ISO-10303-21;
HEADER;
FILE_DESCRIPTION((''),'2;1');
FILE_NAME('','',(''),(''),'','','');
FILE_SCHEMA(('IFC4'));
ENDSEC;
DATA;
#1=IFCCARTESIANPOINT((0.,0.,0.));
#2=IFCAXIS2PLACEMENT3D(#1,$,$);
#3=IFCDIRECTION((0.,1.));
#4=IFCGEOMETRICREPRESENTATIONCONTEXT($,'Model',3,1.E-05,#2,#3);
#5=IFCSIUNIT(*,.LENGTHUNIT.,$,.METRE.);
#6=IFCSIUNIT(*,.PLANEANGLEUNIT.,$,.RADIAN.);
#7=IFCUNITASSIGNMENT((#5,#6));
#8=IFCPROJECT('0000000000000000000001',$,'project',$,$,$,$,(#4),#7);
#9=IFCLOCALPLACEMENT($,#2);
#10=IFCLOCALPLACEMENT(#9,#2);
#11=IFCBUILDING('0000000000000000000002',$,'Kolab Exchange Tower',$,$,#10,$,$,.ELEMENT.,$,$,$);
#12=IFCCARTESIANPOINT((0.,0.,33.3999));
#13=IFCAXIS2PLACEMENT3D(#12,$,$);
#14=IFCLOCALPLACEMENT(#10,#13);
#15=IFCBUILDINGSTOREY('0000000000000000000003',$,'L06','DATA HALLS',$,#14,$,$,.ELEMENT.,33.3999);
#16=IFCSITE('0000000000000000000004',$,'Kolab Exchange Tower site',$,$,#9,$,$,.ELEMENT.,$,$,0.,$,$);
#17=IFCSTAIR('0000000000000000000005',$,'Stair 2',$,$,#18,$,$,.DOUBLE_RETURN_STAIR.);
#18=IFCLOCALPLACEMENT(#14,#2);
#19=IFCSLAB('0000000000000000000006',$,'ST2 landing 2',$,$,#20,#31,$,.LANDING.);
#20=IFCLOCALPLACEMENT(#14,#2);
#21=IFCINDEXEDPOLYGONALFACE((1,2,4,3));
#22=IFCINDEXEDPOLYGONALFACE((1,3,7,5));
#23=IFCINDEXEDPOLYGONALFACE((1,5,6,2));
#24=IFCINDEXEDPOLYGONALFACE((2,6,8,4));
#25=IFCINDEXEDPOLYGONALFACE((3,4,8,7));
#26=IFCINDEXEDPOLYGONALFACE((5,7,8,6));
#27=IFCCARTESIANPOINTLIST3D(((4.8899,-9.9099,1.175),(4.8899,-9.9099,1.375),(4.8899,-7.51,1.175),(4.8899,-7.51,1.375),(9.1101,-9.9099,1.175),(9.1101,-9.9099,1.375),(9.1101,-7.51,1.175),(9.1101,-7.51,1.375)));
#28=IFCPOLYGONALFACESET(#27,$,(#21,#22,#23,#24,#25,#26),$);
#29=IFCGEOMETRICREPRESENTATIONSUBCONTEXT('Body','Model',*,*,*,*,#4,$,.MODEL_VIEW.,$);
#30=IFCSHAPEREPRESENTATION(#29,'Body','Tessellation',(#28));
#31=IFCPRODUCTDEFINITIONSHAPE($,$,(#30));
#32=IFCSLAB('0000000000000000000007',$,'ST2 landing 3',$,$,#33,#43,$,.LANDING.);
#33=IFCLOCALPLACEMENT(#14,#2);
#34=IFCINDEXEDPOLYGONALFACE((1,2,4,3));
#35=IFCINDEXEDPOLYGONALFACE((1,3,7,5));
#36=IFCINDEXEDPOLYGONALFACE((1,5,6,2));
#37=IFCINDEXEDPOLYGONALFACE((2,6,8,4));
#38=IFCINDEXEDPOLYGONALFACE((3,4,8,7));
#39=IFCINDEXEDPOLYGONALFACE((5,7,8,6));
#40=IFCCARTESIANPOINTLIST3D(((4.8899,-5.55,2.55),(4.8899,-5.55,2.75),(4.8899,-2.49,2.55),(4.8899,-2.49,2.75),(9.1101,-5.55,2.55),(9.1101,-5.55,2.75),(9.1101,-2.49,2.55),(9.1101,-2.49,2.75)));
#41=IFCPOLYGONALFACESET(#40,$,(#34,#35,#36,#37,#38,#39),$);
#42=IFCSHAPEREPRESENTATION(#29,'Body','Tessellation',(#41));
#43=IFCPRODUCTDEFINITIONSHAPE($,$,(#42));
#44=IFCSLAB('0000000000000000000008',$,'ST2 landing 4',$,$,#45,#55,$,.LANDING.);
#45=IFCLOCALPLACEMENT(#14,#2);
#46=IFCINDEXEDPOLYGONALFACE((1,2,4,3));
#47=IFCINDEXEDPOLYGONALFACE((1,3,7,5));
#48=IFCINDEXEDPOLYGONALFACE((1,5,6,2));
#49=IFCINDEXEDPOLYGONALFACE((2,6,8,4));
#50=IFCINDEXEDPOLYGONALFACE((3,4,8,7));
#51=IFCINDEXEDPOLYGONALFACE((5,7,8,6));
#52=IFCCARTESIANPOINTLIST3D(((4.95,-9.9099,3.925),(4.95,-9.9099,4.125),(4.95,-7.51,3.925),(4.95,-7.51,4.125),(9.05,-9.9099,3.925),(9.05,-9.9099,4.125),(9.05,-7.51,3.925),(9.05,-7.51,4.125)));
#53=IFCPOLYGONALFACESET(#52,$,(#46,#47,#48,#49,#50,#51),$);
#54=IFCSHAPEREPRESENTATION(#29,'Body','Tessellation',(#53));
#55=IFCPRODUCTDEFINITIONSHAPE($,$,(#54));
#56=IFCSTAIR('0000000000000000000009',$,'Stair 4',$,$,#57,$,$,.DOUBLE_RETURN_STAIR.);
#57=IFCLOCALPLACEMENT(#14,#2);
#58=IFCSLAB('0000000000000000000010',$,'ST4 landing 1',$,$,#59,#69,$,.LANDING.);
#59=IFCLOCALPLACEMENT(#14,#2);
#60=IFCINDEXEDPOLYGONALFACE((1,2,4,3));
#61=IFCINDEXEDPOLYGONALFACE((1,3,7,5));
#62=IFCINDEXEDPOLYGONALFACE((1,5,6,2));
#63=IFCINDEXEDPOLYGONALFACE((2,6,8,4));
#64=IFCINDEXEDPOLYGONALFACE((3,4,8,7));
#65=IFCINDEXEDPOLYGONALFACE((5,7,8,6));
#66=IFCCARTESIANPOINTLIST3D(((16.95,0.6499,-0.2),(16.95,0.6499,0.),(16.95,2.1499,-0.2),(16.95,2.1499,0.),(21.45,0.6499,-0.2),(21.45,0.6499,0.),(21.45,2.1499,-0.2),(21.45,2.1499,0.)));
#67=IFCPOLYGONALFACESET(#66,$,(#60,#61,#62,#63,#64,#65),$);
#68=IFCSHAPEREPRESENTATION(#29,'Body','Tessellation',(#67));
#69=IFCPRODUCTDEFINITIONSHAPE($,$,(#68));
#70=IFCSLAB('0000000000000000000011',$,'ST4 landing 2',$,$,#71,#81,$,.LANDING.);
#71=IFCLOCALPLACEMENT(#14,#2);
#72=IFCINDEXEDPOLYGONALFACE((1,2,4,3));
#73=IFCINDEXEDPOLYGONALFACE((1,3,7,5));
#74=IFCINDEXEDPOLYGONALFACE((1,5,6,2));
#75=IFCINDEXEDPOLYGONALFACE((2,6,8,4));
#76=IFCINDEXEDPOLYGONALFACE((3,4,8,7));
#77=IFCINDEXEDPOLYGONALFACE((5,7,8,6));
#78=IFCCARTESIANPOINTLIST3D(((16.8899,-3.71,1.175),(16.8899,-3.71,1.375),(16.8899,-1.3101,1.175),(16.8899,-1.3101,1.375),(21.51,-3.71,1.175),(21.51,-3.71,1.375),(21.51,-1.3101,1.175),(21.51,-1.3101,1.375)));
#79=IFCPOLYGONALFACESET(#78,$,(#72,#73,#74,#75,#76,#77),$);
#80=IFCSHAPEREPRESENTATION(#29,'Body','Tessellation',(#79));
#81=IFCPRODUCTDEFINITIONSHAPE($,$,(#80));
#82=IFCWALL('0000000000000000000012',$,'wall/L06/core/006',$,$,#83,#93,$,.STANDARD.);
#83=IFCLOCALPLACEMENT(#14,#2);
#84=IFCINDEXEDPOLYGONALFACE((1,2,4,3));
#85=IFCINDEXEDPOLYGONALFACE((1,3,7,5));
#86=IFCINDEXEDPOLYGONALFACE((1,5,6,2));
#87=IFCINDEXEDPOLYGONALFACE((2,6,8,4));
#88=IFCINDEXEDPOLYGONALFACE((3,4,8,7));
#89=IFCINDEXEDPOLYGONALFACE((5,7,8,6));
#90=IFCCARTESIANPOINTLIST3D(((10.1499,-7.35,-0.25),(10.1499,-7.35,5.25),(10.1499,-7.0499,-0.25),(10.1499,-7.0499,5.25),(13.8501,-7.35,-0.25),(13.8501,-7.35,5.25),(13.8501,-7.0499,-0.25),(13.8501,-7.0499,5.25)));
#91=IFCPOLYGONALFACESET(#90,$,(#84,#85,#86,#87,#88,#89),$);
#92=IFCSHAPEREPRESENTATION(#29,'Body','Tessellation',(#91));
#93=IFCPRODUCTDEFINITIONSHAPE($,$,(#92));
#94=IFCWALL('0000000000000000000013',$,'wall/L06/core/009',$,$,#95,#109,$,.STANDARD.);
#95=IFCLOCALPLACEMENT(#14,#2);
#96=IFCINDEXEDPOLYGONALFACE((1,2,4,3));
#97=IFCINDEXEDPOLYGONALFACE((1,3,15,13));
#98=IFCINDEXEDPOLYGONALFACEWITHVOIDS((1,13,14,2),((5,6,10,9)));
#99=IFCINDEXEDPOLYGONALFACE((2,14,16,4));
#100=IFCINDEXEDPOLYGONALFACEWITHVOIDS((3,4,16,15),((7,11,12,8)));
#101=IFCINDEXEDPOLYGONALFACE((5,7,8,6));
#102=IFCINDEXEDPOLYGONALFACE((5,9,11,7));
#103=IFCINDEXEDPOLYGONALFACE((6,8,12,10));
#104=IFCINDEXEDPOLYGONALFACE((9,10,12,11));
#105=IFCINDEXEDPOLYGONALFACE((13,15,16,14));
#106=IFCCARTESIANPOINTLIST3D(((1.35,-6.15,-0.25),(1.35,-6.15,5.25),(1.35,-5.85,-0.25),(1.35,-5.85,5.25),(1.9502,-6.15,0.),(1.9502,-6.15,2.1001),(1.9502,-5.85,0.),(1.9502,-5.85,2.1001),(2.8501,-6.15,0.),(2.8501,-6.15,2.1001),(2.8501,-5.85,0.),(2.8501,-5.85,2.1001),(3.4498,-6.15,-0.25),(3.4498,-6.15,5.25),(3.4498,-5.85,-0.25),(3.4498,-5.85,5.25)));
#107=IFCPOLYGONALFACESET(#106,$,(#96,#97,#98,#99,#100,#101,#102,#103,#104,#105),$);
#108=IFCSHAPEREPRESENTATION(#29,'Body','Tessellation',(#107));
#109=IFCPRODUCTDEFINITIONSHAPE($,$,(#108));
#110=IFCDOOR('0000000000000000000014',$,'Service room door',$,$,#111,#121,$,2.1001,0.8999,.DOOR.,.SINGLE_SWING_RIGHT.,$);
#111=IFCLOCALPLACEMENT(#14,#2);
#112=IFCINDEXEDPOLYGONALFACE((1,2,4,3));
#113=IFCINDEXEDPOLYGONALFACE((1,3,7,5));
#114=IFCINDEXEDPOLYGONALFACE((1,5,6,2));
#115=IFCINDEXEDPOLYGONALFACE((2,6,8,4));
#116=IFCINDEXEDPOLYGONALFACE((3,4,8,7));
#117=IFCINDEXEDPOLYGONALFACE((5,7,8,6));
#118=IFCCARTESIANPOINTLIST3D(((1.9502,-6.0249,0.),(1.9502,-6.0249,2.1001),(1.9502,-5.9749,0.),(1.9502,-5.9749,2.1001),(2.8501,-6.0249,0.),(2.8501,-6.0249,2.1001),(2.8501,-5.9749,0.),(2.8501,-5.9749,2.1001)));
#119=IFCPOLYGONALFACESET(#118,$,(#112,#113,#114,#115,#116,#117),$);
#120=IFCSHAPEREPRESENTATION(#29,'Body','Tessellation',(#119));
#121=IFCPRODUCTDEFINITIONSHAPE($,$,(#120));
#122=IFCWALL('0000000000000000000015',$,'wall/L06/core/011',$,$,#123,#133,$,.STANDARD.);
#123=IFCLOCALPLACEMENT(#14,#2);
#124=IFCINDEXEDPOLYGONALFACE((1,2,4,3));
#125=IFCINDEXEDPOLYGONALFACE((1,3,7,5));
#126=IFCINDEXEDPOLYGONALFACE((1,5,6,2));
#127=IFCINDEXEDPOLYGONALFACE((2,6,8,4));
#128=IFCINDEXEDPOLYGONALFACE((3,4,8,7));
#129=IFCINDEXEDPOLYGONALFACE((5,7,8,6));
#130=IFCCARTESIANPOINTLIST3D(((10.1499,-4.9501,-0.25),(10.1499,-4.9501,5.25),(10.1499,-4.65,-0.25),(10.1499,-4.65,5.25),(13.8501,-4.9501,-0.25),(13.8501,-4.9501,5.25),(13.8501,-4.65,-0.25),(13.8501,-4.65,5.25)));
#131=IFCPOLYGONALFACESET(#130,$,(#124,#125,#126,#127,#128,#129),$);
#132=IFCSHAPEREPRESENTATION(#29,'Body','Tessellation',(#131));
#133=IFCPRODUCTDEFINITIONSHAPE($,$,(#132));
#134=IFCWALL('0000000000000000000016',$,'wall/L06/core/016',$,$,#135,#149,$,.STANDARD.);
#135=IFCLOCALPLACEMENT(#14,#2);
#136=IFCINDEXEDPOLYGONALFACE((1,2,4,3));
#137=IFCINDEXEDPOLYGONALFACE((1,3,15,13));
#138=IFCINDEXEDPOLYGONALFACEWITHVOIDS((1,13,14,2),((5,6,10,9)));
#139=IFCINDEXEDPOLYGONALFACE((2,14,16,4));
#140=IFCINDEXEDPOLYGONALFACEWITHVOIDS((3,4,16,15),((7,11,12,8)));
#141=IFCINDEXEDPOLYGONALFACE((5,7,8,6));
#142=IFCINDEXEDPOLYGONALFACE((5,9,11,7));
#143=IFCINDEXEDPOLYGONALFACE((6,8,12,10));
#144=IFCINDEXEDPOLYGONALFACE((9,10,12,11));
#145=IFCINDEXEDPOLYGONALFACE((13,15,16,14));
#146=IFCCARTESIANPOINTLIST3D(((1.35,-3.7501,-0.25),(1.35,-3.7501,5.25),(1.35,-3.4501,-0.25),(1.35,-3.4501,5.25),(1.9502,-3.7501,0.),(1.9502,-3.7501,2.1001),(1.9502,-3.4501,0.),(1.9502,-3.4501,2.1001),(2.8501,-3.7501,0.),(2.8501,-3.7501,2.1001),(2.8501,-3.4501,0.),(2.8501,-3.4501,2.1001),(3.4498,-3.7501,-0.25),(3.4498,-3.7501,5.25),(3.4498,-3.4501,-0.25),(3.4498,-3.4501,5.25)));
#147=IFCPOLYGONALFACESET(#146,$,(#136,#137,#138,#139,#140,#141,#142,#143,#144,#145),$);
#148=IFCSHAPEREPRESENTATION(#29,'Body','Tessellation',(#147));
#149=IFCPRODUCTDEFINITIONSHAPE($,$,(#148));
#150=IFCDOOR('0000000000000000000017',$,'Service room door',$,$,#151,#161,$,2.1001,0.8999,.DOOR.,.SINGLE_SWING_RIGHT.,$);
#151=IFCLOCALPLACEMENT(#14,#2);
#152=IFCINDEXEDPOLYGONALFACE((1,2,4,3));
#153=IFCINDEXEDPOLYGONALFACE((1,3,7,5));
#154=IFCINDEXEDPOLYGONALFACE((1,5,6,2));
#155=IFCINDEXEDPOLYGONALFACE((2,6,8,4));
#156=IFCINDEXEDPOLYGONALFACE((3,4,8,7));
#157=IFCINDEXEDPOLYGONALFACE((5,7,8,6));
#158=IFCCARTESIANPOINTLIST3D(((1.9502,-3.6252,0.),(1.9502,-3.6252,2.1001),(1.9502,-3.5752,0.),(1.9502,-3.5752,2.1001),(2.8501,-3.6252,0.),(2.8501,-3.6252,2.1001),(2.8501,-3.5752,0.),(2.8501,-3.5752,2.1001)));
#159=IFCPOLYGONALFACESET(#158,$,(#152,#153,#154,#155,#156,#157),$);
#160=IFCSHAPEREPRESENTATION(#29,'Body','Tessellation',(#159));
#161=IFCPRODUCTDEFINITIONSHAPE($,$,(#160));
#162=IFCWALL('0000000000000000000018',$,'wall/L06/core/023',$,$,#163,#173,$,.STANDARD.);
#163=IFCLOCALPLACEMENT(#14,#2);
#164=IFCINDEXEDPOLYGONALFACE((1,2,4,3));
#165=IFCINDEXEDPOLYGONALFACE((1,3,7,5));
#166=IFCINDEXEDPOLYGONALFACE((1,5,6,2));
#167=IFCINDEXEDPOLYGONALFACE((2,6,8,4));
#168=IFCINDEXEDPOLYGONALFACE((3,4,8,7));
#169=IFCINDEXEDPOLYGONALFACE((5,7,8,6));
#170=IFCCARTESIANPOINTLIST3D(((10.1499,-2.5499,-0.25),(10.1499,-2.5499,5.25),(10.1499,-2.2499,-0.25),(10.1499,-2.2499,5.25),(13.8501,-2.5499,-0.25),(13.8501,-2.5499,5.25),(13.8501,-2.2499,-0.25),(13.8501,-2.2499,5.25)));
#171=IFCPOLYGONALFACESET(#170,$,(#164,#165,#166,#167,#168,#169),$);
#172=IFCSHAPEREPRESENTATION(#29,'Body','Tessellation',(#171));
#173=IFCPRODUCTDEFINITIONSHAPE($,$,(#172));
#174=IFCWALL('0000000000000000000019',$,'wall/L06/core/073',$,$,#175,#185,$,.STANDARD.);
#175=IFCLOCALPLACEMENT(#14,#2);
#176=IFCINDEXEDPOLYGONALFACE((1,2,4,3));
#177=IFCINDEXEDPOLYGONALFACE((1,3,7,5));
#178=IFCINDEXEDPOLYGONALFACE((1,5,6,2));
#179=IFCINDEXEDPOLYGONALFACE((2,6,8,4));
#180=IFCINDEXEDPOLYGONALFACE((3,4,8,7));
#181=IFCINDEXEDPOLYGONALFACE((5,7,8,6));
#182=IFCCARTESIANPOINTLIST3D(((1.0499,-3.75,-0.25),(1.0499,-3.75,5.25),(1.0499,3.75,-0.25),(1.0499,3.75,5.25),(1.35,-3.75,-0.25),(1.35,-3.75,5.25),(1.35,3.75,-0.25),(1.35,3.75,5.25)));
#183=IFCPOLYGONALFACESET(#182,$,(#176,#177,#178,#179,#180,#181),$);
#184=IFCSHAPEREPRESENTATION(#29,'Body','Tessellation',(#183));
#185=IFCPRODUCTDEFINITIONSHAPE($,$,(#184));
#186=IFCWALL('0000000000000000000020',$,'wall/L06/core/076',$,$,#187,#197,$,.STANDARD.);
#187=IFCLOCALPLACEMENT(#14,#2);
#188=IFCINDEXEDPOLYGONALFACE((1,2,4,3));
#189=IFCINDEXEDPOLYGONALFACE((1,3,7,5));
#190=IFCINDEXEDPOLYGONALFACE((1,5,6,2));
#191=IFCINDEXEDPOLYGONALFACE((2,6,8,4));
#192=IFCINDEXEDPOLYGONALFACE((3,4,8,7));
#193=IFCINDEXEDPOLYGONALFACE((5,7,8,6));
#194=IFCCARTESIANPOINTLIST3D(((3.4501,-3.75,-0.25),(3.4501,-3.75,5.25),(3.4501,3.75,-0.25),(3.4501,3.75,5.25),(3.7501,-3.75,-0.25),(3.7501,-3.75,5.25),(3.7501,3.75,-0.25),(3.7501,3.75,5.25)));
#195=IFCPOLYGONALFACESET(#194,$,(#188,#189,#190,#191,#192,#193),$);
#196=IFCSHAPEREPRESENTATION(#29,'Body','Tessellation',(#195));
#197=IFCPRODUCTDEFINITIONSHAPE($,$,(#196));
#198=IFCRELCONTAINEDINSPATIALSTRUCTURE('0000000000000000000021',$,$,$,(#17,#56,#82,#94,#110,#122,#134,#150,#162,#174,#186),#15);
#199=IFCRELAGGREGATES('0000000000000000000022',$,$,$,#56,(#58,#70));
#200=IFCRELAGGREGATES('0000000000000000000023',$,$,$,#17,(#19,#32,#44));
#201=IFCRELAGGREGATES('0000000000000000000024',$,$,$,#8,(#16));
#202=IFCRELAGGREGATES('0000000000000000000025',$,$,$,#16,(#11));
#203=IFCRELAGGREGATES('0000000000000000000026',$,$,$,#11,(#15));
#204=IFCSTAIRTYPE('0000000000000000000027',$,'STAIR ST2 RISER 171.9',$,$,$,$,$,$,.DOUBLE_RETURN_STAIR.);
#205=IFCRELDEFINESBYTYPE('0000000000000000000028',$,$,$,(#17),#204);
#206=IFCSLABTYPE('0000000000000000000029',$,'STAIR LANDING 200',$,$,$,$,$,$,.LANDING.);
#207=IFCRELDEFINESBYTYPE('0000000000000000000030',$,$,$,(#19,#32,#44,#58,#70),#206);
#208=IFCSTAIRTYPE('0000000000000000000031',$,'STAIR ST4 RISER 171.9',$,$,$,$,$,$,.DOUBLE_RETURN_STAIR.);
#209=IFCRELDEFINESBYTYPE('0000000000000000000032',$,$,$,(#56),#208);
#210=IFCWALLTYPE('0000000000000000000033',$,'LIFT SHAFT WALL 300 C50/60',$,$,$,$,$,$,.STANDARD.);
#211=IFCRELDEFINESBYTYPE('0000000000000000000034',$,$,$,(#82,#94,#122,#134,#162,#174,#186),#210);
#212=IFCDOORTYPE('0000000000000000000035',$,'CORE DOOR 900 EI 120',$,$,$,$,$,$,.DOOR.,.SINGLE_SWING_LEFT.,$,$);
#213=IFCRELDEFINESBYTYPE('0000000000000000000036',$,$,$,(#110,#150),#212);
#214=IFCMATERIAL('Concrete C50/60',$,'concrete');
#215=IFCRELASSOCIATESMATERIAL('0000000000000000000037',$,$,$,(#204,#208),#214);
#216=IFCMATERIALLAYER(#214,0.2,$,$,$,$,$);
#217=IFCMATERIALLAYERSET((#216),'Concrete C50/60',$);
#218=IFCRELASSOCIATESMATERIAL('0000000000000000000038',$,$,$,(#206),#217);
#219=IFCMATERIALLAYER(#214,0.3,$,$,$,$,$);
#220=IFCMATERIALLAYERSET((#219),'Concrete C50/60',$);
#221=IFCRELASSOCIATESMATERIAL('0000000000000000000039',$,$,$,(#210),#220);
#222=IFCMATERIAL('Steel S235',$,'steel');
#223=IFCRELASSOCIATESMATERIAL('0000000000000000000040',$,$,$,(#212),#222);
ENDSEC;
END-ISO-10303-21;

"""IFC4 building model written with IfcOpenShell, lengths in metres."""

from ifc_helpers import new_model, si_unit, direction, frame, frame_2d, origin, place, context, subcontext, project, spatial, polyline, rectangle, outline, extrude, material, layer, layer_set, type_object, element, fill, aggregate, save


model = new_model("IFC4")

# Units and contexts
model_context = context("Model", 3, precision=1e-05, world=origin(), true_north=direction((0.0, 1.0)))
body_context = subcontext(model_context, "Body", "Model", "MODEL_VIEW")
ifc_project = project(units=[si_unit("LENGTHUNIT", "METRE"), si_unit("PLANEANGLEUNIT", "RADIAN")], contexts=[model_context])

# Site, building, storey
site_placement = place(None, origin())
site = spatial("IfcSite", under=ifc_project, at=site_placement, Name="Kolab Exchange Tower site", CompositionType="ELEMENT", RefElevation=0.0)
building_placement = place(site_placement, origin())
building = spatial("IfcBuilding", under=site, at=building_placement, Name="Kolab Exchange Tower", CompositionType="ELEMENT")
storey_placement = place(building_placement, frame((0.0, 0.0, 33.3999)))
storey = spatial("IfcBuildingStorey", under=building, at=storey_placement, Name="L06", Description="DATA HALLS", CompositionType="ELEMENT", Elevation=33.3999)

# Stairs, slabs
ifc_material_1 = material(Name="Concrete C50/60", Category="concrete")
stair_type_1 = type_object("IfcStairType", Name="STAIR ST2 RISER 171.9", PredefinedType="DOUBLE_RETURN_STAIR", material=ifc_material_1)
stair_1_placement = place(storey_placement, origin())
stair_1 = element("IfcStair", 1, at=stair_1_placement, inside=storey, type_object=stair_type_1, Name="Stair 2", PredefinedType="DOUBLE_RETURN_STAIR")
ifc_layer_1 = layer(ifc_material_1, 0.2)
ifc_layer_set_1 = layer_set([ifc_layer_1], Name="Concrete C50/60")
slab_type = type_object("IfcSlabType", Name="STAIR LANDING 200", PredefinedType="LANDING", material=ifc_layer_set_1)
slab_1_placement = place(storey_placement, frame((0.0, 0.0, 1.175)))
slab_1 = element("IfcSlab", 2, at=slab_1_placement, type_object=slab_type, Name="ST2 landing 2", PredefinedType="LANDING", context=body_context, shape_type="SweptSolid", body=[
    extrude(outline(polyline([(4.8899, -9.9099), (9.1101, -9.9099), (9.1101, -7.51), (4.8899, -7.51), (4.8899, -9.9099)])), origin(), (0.0, 0.0, 1.0), 0.2),
])
slab_2_placement = place(storey_placement, frame((0.0, 0.0, 2.55)))
slab_2 = element("IfcSlab", 3, at=slab_2_placement, type_object=slab_type, Name="ST2 landing 3", PredefinedType="LANDING", context=body_context, shape_type="SweptSolid", body=[
    extrude(outline(polyline([(4.8899, -5.55), (9.1101, -5.55), (9.1101, -2.49), (4.8899, -2.49), (4.8899, -5.55)])), origin(), (0.0, 0.0, 1.0), 0.2),
])
slab_3_placement = place(storey_placement, frame((0.0, 0.0, 3.925)))
slab_3 = element("IfcSlab", 4, at=slab_3_placement, type_object=slab_type, Name="ST2 landing 4", PredefinedType="LANDING", context=body_context, shape_type="SweptSolid", body=[
    extrude(outline(polyline([(4.95, -9.9099), (9.05, -9.9099), (9.05, -7.51), (4.95, -7.51), (4.95, -9.9099)])), origin(), (0.0, 0.0, 1.0), 0.2),
])
stair_type_2 = type_object("IfcStairType", Name="STAIR ST4 RISER 171.9", PredefinedType="DOUBLE_RETURN_STAIR", material=ifc_material_1)
stair_2_placement = place(storey_placement, origin())
stair_2 = element("IfcStair", 5, at=stair_2_placement, inside=storey, type_object=stair_type_2, Name="Stair 4", PredefinedType="DOUBLE_RETURN_STAIR")
slab_4_placement = place(storey_placement, frame((0.0, 0.0, -0.2)))
slab_4 = element("IfcSlab", 6, at=slab_4_placement, type_object=slab_type, Name="ST4 landing 1", PredefinedType="LANDING", context=body_context, shape_type="SweptSolid", body=[
    extrude(outline(polyline([(16.95, 0.6499), (21.45, 0.6499), (21.45, 2.1499), (16.95, 2.1499), (16.95, 0.6499)])), origin(), (0.0, 0.0, 1.0), 0.2),
])
slab_5_placement = place(storey_placement, frame((0.0, 0.0, 1.175)))
slab_5 = element("IfcSlab", 7, at=slab_5_placement, type_object=slab_type, Name="ST4 landing 2", PredefinedType="LANDING", context=body_context, shape_type="SweptSolid", body=[
    extrude(outline(polyline([(16.8899, -3.71), (21.51, -3.71), (21.51, -1.3101), (16.8899, -1.3101), (16.8899, -3.71)])), origin(), (0.0, 0.0, 1.0), 0.2),
])
aggregate(stair_2, [slab_4, slab_5])

# Wall
ifc_layer_2 = layer(ifc_material_1, 0.3)
ifc_layer_set_2 = layer_set([ifc_layer_2], Name="Concrete C50/60")
wall_type_1 = type_object("IfcWallType", Name="LIFT SHAFT WALL 300 C50/60", PredefinedType="STANDARD", material=ifc_layer_set_2)
wall_1_placement = place(storey_placement, frame((10.1499, -7.2, -0.25), z_axis=(0.0, 0.0, 1.0), x_axis=(1.0, 0.0, 0.0)))
element("IfcWall", 8, at=wall_1_placement, inside=storey, type_object=wall_type_1, Name="wall/L06/core/006", PredefinedType="STANDARD", context=body_context, shape_type="SweptSolid", body=[
    extrude(rectangle(XDim=3.7002, YDim=0.3, at=frame_2d((1.8501, 0.0))), origin(), (0.0, 0.0, 1.0), 5.5),
])

# Wall, opening, door
wall_2_placement = place(storey_placement, frame((1.3501, -6.0, -0.25), z_axis=(0.0, 0.0, 1.0), x_axis=(1.0, 0.0, 0.0)))
wall_2 = element("IfcWall", 9, at=wall_2_placement, inside=storey, type_object=wall_type_1, Name="wall/L06/core/009", PredefinedType="STANDARD", context=body_context, shape_type="SweptSolid", body=[
    extrude(rectangle(XDim=2.0999, YDim=0.3, at=frame_2d((1.0498, 0.0))), origin(), (0.0, 0.0, 1.0), 5.5),
])
opening_1_placement = place(wall_2_placement, frame((0.6001, 0.0, 0.25)))
opening_1 = element("IfcOpeningElement", 10, at=opening_1_placement, cuts=wall_2, PredefinedType="OPENING", context=body_context, shape_type="SweptSolid", body=[
    extrude(rectangle(XDim=0.8999, YDim=2.1001, at=frame_2d((0.45, 1.05))), frame((0.0, 0.1602, 0.0), z_axis=(0.0, -1.0, 0.0), x_axis=(1.0, 0.0, 0.0)), (0.0, 0.0, 1.0), 0.3201),
])
ifc_material_2 = material(Name="Steel S235", Category="steel")
door_type_1 = type_object("IfcDoorType", Name="CORE DOOR 900 EI 120", OperationType="SINGLE_SWING_LEFT", PredefinedType="DOOR", material=ifc_material_2)
door_1_placement = place(opening_1_placement, frame((0.8999, 0.0, 0.0), z_axis=(0.0, 0.0, 1.0), x_axis=(-1.0, 0.0, 0.0)))
door_1 = element("IfcDoor", 11, at=door_1_placement, inside=storey, type_object=door_type_1, Name="Service room door", OperationType="SINGLE_SWING_RIGHT", OverallHeight=2.1001, OverallWidth=0.8999, PredefinedType="DOOR", context=body_context, shape_type="SweptSolid", body=[
    extrude(rectangle(XDim=0.8999, YDim=2.1001, at=frame_2d((0.45, 1.05))), frame((0.0, 0.0249, 0.0), z_axis=(0.0, -1.0, 0.0), x_axis=(1.0, 0.0, 0.0)), (0.0, 0.0, 1.0), 0.05),
])
fill(opening_1, door_1)

# Wall
wall_3_placement = place(storey_placement, frame((10.1499, -4.8, -0.25), z_axis=(0.0, 0.0, 1.0), x_axis=(1.0, 0.0, 0.0)))
element("IfcWall", 12, at=wall_3_placement, inside=storey, type_object=wall_type_1, Name="wall/L06/core/011", PredefinedType="STANDARD", context=body_context, shape_type="SweptSolid", body=[
    extrude(rectangle(XDim=3.7002, YDim=0.3, at=frame_2d((1.8501, 0.0))), origin(), (0.0, 0.0, 1.0), 5.5),
])

# Wall, opening, door
wall_4_placement = place(storey_placement, frame((1.3501, -3.6001, -0.25), z_axis=(0.0, 0.0, 1.0), x_axis=(1.0, 0.0, 0.0)))
wall_4 = element("IfcWall", 13, at=wall_4_placement, inside=storey, type_object=wall_type_1, Name="wall/L06/core/016", PredefinedType="STANDARD", context=body_context, shape_type="SweptSolid", body=[
    extrude(rectangle(XDim=2.0999, YDim=0.3, at=frame_2d((1.0498, 0.0))), origin(), (0.0, 0.0, 1.0), 5.5),
])
opening_2_placement = place(wall_4_placement, frame((0.6001, 0.0, 0.25)))
opening_2 = element("IfcOpeningElement", 14, at=opening_2_placement, cuts=wall_4, PredefinedType="OPENING", context=body_context, shape_type="SweptSolid", body=[
    extrude(rectangle(XDim=0.8999, YDim=2.1001, at=frame_2d((0.45, 1.05))), frame((0.0, 0.1602, 0.0), z_axis=(0.0, -1.0, 0.0), x_axis=(1.0, 0.0, 0.0)), (0.0, 0.0, 1.0), 0.3201),
])
door_2_placement = place(opening_2_placement, origin())
door_2 = element("IfcDoor", 15, at=door_2_placement, inside=storey, type_object=door_type_1, Name="Service room door", OperationType="SINGLE_SWING_RIGHT", OverallHeight=2.1001, OverallWidth=0.8999, PredefinedType="DOOR", context=body_context, shape_type="SweptSolid", body=[
    extrude(rectangle(XDim=0.8999, YDim=2.1001, at=frame_2d((0.45, 1.05))), frame((0.0, 0.0249, 0.0), z_axis=(0.0, -1.0, 0.0), x_axis=(1.0, 0.0, 0.0)), (0.0, 0.0, 1.0), 0.05),
])
fill(opening_2, door_2)

# Walls
wall_5_placement = place(storey_placement, frame((10.1499, -2.3999, -0.25), z_axis=(0.0, 0.0, 1.0), x_axis=(1.0, 0.0, 0.0)))
element("IfcWall", 16, at=wall_5_placement, inside=storey, type_object=wall_type_1, Name="wall/L06/core/023", PredefinedType="STANDARD", context=body_context, shape_type="SweptSolid", body=[
    extrude(rectangle(XDim=3.7002, YDim=0.3, at=frame_2d((1.8501, 0.0))), origin(), (0.0, 0.0, 1.0), 5.5),
])
for number, where, z_axis, x_axis, name in (
    (17, (1.2, -3.75, -0.25), (0.0, 0.0, 1.0), (0.0, 1.0, 0.0), "wall/L06/core/073"),
    (18, (3.6001, -3.75, -0.25), (0.0, 0.0, 1.0), (0.0, 1.0, 0.0), "wall/L06/core/076"),
):
    element("IfcWall", number, at=place(storey_placement, frame(where, z_axis=z_axis, x_axis=x_axis)), inside=storey, type_object=wall_type_1, Name=name, PredefinedType="STANDARD", context=body_context, shape_type="SweptSolid", body=[
        extrude(rectangle(XDim=7.5, YDim=0.3, at=frame_2d((3.75, 0.0))), origin(), (0.0, 0.0, 1.0), 5.5),
    ])

aggregate(stair_1, [slab_1, slab_2, slab_3])

save(model, "model.ifc")
